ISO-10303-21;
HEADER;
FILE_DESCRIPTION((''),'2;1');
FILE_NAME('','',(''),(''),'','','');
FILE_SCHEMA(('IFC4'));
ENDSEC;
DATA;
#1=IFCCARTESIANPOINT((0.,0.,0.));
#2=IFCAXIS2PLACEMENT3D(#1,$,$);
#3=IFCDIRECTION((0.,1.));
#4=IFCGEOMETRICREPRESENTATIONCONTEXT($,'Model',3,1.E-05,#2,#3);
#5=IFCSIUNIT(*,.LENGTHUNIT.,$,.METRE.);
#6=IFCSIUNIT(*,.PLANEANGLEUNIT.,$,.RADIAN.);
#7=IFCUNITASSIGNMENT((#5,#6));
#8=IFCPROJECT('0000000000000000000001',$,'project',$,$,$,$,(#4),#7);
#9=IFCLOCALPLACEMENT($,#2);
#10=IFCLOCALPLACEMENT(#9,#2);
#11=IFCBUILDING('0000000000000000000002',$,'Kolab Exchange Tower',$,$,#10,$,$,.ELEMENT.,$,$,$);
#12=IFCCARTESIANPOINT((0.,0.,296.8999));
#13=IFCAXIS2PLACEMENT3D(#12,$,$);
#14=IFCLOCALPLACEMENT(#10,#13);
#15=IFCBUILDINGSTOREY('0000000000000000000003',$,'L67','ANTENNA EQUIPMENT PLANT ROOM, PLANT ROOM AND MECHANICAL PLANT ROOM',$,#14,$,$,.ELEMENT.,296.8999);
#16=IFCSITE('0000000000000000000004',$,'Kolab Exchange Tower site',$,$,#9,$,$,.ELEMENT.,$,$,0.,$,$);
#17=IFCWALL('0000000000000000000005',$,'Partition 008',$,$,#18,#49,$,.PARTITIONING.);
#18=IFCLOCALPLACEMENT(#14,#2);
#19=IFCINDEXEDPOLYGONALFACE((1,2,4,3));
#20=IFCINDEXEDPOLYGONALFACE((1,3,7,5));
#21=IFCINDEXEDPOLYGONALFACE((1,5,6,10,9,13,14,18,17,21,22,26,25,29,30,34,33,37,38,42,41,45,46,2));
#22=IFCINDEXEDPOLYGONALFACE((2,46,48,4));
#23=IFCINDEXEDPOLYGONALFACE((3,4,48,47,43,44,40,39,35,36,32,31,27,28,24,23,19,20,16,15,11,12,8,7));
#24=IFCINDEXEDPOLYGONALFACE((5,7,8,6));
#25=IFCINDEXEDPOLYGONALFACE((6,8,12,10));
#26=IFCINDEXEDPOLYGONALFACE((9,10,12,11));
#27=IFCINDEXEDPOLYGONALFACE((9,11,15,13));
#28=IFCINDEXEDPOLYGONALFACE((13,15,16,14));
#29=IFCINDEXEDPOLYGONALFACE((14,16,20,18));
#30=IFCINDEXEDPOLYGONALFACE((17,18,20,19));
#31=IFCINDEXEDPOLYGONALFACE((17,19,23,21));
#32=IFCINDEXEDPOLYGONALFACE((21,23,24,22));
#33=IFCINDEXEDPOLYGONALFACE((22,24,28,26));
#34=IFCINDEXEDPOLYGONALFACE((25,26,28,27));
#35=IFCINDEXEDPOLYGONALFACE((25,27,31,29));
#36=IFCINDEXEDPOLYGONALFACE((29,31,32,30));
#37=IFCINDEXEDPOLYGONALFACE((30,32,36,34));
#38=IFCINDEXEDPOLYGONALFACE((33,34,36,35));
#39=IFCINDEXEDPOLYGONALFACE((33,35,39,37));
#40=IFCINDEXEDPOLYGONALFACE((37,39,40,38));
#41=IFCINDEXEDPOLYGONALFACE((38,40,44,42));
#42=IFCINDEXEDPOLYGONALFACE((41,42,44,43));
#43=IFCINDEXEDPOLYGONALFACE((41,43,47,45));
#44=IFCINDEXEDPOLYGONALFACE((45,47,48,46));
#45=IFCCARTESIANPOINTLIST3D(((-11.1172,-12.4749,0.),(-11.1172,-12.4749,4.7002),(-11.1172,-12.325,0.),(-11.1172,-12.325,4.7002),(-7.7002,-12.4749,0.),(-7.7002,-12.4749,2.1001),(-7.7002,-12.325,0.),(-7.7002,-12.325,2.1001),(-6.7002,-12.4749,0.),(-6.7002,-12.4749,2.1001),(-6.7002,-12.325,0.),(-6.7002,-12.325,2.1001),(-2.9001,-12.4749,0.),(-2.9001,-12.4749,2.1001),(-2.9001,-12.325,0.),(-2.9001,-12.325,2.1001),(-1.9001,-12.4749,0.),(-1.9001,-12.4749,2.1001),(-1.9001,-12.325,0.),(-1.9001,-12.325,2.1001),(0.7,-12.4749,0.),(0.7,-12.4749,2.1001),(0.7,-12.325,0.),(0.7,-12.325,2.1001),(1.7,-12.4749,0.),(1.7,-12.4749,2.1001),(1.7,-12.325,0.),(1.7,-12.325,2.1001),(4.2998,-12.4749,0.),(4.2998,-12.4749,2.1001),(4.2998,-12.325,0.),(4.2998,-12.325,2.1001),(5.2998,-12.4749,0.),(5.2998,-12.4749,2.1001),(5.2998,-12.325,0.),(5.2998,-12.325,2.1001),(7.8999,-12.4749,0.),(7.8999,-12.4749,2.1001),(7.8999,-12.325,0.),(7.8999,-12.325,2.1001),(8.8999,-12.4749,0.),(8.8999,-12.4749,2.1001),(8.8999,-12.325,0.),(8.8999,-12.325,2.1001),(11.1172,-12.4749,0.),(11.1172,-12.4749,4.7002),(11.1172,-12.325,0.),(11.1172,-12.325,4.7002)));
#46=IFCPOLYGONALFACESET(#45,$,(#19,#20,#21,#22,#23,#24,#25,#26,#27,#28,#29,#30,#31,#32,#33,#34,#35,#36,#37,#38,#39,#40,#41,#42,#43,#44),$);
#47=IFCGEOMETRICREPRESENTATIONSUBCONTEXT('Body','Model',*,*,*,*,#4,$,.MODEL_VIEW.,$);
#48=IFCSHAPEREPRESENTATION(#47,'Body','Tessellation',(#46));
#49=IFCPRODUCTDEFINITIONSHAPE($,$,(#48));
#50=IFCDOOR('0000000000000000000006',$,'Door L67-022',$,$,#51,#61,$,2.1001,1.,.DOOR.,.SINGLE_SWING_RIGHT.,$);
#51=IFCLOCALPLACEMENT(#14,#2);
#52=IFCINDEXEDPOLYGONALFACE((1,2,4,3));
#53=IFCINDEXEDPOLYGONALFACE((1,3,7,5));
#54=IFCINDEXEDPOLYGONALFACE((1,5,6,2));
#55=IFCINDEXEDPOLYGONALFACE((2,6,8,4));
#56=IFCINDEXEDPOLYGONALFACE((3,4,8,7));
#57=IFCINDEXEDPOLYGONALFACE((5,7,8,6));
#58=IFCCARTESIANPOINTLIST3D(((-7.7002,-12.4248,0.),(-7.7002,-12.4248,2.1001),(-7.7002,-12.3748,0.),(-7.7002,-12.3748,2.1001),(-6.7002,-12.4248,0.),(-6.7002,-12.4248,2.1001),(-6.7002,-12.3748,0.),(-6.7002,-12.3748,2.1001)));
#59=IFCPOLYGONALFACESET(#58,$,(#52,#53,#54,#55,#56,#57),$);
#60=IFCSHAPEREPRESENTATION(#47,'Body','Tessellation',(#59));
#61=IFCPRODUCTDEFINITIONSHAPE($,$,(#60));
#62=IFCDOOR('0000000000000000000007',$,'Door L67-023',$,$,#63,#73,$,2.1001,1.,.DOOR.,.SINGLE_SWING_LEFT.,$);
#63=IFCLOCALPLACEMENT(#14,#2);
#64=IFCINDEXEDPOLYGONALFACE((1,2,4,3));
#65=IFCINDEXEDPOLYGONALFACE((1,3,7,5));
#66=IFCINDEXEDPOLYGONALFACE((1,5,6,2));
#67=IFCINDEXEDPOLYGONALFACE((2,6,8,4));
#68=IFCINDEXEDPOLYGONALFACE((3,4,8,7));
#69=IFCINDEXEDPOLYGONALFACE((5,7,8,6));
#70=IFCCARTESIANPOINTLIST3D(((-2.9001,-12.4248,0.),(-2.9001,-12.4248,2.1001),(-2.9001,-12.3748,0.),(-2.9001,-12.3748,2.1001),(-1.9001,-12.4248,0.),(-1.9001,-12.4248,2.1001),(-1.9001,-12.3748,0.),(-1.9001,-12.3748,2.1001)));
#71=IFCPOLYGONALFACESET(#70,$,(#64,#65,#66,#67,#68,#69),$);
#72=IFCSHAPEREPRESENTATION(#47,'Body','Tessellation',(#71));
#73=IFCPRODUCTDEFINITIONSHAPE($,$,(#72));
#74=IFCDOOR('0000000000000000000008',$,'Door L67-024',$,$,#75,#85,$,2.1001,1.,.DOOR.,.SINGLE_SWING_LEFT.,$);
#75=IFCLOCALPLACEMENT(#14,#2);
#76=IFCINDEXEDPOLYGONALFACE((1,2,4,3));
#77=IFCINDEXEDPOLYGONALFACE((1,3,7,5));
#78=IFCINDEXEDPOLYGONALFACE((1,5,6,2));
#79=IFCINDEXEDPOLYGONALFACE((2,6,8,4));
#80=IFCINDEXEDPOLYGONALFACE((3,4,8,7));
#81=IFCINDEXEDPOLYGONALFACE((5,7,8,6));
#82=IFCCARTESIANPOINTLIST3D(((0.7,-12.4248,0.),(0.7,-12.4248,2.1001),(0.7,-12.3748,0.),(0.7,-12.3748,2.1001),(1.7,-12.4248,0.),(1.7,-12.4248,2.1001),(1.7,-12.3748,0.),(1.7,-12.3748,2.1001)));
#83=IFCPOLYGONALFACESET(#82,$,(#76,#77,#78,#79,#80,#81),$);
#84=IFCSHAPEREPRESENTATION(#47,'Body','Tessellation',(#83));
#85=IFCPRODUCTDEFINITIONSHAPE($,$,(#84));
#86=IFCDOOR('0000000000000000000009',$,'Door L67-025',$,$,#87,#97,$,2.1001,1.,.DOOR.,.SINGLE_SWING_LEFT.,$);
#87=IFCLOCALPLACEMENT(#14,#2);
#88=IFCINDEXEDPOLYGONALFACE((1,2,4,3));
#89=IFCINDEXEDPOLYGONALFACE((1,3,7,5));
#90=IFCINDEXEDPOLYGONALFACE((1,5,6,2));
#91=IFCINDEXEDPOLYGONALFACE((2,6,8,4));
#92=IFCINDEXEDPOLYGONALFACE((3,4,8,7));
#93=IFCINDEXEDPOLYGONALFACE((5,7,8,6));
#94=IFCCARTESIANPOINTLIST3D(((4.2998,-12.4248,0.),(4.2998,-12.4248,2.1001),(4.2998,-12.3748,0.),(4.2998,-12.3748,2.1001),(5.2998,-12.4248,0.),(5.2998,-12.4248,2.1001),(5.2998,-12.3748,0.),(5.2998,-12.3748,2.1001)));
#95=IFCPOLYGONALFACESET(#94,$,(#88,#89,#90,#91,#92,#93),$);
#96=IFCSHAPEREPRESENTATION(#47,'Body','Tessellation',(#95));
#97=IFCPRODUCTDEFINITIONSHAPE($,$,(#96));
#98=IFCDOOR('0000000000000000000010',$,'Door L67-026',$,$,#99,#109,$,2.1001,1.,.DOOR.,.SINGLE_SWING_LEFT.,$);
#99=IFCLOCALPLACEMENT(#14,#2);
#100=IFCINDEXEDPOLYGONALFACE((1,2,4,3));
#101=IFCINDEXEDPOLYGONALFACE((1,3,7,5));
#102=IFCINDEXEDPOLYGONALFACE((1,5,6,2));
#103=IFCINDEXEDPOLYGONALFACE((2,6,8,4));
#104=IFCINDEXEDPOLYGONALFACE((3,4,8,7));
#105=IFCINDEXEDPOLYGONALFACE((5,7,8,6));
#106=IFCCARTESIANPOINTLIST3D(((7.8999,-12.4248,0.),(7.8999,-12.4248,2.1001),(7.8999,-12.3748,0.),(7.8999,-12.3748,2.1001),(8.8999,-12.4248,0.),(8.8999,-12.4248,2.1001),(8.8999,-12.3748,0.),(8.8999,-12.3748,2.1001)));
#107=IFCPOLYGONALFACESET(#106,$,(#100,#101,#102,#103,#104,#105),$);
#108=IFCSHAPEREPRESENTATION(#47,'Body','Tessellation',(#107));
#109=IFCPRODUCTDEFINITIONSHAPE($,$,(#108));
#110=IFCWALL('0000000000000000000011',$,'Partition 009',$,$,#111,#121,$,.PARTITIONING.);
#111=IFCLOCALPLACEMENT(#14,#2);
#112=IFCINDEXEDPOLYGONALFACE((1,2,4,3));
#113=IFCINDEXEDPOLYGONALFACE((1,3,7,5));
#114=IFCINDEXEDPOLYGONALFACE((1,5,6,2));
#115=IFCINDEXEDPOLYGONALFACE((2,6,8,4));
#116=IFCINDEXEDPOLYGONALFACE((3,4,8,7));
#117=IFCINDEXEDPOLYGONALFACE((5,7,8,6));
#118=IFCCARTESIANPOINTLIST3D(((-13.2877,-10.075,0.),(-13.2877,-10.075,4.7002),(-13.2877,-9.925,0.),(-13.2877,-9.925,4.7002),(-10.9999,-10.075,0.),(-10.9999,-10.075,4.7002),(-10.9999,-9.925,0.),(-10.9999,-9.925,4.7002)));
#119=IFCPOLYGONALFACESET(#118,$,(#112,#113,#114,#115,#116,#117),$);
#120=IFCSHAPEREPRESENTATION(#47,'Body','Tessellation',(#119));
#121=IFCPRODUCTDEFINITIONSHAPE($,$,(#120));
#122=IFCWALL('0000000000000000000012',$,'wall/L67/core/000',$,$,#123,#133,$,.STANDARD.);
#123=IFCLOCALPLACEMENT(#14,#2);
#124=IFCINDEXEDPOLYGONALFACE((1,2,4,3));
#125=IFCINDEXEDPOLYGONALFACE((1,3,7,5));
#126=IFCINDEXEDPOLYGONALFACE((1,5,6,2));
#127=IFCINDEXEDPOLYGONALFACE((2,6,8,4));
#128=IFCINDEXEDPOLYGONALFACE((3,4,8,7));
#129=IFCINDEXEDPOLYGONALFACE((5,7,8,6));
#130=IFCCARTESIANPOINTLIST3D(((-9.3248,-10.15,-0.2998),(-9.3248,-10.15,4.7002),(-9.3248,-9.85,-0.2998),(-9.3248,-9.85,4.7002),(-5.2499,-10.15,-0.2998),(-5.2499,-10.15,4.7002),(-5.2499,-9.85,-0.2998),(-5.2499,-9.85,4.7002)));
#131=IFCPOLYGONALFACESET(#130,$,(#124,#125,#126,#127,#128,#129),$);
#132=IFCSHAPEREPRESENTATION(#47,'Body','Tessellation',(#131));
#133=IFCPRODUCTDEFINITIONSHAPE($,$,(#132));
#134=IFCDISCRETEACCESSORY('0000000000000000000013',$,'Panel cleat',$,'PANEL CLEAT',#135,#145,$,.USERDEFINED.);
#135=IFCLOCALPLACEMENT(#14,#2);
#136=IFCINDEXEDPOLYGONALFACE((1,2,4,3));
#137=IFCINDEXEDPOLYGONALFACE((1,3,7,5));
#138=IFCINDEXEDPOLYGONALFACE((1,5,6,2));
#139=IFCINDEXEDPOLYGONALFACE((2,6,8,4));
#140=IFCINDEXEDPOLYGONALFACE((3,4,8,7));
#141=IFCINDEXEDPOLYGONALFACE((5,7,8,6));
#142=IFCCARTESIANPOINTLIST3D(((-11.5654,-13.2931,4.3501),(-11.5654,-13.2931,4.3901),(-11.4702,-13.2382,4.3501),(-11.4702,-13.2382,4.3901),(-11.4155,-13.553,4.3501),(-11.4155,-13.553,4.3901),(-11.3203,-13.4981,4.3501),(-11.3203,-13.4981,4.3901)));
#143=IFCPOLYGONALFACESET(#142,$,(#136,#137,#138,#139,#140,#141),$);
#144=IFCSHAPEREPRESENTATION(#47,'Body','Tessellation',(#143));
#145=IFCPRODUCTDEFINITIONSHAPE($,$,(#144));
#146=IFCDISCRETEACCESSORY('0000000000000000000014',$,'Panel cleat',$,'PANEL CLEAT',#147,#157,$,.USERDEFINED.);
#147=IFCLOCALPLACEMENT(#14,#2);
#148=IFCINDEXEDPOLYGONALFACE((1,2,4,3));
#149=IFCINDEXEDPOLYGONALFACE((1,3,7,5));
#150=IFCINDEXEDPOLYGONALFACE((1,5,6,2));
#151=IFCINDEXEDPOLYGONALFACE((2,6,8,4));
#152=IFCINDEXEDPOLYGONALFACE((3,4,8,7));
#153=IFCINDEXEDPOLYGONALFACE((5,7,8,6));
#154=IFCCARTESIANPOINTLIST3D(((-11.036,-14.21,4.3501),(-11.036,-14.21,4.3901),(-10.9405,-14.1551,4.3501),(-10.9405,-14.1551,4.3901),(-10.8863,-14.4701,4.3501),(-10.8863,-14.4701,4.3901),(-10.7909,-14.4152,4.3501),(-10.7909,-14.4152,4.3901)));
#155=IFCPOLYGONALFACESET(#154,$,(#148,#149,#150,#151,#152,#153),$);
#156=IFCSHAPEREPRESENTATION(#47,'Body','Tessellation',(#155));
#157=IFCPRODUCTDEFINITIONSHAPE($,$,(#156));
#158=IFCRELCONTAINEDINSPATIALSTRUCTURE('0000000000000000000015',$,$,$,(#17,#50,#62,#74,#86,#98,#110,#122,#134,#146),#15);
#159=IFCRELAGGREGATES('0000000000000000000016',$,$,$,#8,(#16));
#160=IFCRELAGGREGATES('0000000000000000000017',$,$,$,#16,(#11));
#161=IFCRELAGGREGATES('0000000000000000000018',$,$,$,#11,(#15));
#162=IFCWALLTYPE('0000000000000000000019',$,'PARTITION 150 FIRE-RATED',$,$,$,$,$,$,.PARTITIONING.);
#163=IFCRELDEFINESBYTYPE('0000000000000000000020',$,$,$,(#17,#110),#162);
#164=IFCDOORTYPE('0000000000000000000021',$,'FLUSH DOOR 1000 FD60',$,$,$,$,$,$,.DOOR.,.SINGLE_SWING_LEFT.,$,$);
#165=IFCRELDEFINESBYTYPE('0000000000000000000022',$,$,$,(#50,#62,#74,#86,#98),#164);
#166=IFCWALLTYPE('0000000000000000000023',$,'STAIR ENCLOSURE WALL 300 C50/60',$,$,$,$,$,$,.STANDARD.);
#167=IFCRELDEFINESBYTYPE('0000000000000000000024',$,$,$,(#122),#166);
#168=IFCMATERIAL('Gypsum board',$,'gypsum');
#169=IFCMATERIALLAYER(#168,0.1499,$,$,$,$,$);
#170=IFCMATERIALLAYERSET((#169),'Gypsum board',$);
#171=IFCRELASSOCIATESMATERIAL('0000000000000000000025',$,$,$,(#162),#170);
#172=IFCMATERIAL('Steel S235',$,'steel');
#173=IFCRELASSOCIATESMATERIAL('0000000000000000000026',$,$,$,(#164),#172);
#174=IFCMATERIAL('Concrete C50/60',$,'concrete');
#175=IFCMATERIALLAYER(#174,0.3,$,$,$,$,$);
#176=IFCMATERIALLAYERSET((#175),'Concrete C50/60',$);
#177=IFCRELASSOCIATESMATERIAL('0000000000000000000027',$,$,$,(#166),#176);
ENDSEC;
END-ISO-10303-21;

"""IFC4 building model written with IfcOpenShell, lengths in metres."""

from ifc_helpers import new_model, si_unit, direction, frame, frame_2d, origin, origin_2d, place, context, subcontext, project, spatial, rectangle, extrude, material, layer, layer_set, type_object, element, fill, save


model = new_model("IFC4")

# Units and contexts
model_context = context("Model", 3, precision=1e-05, world=origin(), true_north=direction((0.0, 1.0)))
body_context = subcontext(model_context, "Body", "Model", "MODEL_VIEW")
ifc_project = project(units=[si_unit("LENGTHUNIT", "METRE"), si_unit("PLANEANGLEUNIT", "RADIAN")], contexts=[model_context])

# Site, building, storey
site_placement = place(None, origin())
site = spatial("IfcSite", under=ifc_project, at=site_placement, Name="Kolab Exchange Tower site", CompositionType="ELEMENT", RefElevation=0.0)
building_placement = place(site_placement, origin())
building = spatial("IfcBuilding", under=site, at=building_placement, Name="Kolab Exchange Tower", CompositionType="ELEMENT")
storey_placement = place(building_placement, frame((0.0, 0.0, 296.8999)))
storey = spatial("IfcBuildingStorey", under=building, at=storey_placement, Name="L67", Description="ANTENNA EQUIPMENT PLANT ROOM, PLANT ROOM AND MECHANICAL PLANT ROOM", CompositionType="ELEMENT", Elevation=296.8999)

# Shared definitions
ifc_material_1 = material(Name="Concrete C50/60", Category="concrete")

# Wall, openings, doors
ifc_material_2 = material(Name="Gypsum board", Category="gypsum")
ifc_layer_1 = layer(ifc_material_2, 0.1499)
ifc_layer_set_1 = layer_set([ifc_layer_1], Name="Gypsum board")
wall_type_1 = type_object("IfcWallType", Name="PARTITION 150 FIRE-RATED", PredefinedType="PARTITIONING", material=ifc_layer_set_1)
wall_1_placement = place(storey_placement, frame((-11.1172, -12.3999, 0.0), z_axis=(0.0, 0.0, 1.0), x_axis=(1.0, 0.0, 0.0)))
wall_1 = element("IfcWall", 1, at=wall_1_placement, inside=storey, type_object=wall_type_1, Name="Partition 008", PredefinedType="PARTITIONING", context=body_context, shape_type="SweptSolid", body=[
    extrude(rectangle(XDim=22.2344, YDim=0.1499, at=frame_2d((11.1172, 0.0))), origin(), (0.0, 0.0, 1.0), 4.7002),
])
opening_1_placement = place(wall_1_placement, frame((3.417, 0.0, 0.0)))
opening_1 = element("IfcOpeningElement", 2, at=opening_1_placement, cuts=wall_1, PredefinedType="OPENING", context=body_context, shape_type="SweptSolid", body=[
    extrude(rectangle(XDim=1.0, YDim=2.1001, at=frame_2d((0.5, 1.05))), frame((0.0, 0.085, 0.0), z_axis=(0.0, -1.0, 0.0), x_axis=(1.0, 0.0, 0.0)), (0.0, 0.0, 1.0), 0.1699),
])
opening_2_placement = place(wall_1_placement, frame((8.217, 0.0, 0.0)))
opening_2 = element("IfcOpeningElement", 3, at=opening_2_placement, cuts=wall_1, PredefinedType="OPENING", context=body_context, shape_type="SweptSolid", body=[
    extrude(rectangle(XDim=1.0, YDim=2.1001, at=frame_2d((0.5, 1.05))), frame((0.0, 0.085, 0.0), z_axis=(0.0, -1.0, 0.0), x_axis=(1.0, 0.0, 0.0)), (0.0, 0.0, 1.0), 0.1699),
])
opening_3_placement = place(wall_1_placement, frame((11.8171, 0.0, 0.0)))
opening_3 = element("IfcOpeningElement", 4, at=opening_3_placement, cuts=wall_1, PredefinedType="OPENING", context=body_context, shape_type="SweptSolid", body=[
    extrude(rectangle(XDim=1.0, YDim=2.1001, at=frame_2d((0.5, 1.05))), frame((0.0, 0.085, 0.0), z_axis=(0.0, -1.0, 0.0), x_axis=(1.0, 0.0, 0.0)), (0.0, 0.0, 1.0), 0.1699),
])
opening_4_placement = place(wall_1_placement, frame((15.417, 0.0, 0.0)))
opening_4 = element("IfcOpeningElement", 5, at=opening_4_placement, cuts=wall_1, PredefinedType="OPENING", context=body_context, shape_type="SweptSolid", body=[
    extrude(rectangle(XDim=1.0, YDim=2.1001, at=frame_2d((0.5, 1.05))), frame((0.0, 0.085, 0.0), z_axis=(0.0, -1.0, 0.0), x_axis=(1.0, 0.0, 0.0)), (0.0, 0.0, 1.0), 0.1699),
])
opening_5_placement = place(wall_1_placement, frame((19.0171, 0.0, 0.0)))
opening_5 = element("IfcOpeningElement", 6, at=opening_5_placement, cuts=wall_1, PredefinedType="OPENING", context=body_context, shape_type="SweptSolid", body=[
    extrude(rectangle(XDim=1.0, YDim=2.1001, at=frame_2d((0.5, 1.05))), frame((0.0, 0.085, 0.0), z_axis=(0.0, -1.0, 0.0), x_axis=(1.0, 0.0, 0.0)), (0.0, 0.0, 1.0), 0.1699),
])
ifc_material_3 = material(Name="Steel S235", Category="steel")
door_type = type_object("IfcDoorType", Name="FLUSH DOOR 1000 FD60", OperationType="SINGLE_SWING_LEFT", PredefinedType="DOOR", material=ifc_material_3)
door_1_placement = place(opening_1_placement, frame((1.0, 0.0, 0.0), z_axis=(0.0, 0.0, 1.0), x_axis=(-1.0, 0.0, 0.0)))
door_1 = element("IfcDoor", 7, at=door_1_placement, inside=storey, type_object=door_type, Name="Door L67-022", OperationType="SINGLE_SWING_RIGHT", OverallHeight=2.1001, OverallWidth=1.0, PredefinedType="DOOR", context=body_context, shape_type="SweptSolid", body=[
    extrude(rectangle(XDim=1.0, YDim=2.1001, at=frame_2d((0.5, 1.05))), frame((0.0, 0.0249, 0.0), z_axis=(0.0, -1.0, 0.0), x_axis=(1.0, 0.0, 0.0)), (0.0, 0.0, 1.0), 0.05),
])
fill(opening_1, door_1)
door_2_placement = place(opening_2_placement, frame((1.0, 0.0, 0.0), z_axis=(0.0, 0.0, 1.0), x_axis=(-1.0, 0.0, 0.0)))
door_2 = element("IfcDoor", 8, at=door_2_placement, inside=storey, type_object=door_type, Name="Door L67-023", OperationType="SINGLE_SWING_LEFT", OverallHeight=2.1001, OverallWidth=1.0, PredefinedType="DOOR", context=body_context, shape_type="SweptSolid", body=[
    extrude(rectangle(XDim=1.0, YDim=2.1001, at=frame_2d((0.5, 1.05))), frame((0.0, 0.0249, 0.0), z_axis=(0.0, -1.0, 0.0), x_axis=(1.0, 0.0, 0.0)), (0.0, 0.0, 1.0), 0.05),
])
fill(opening_2, door_2)
door_3_placement = place(opening_3_placement, frame((1.0, 0.0, 0.0), z_axis=(0.0, 0.0, 1.0), x_axis=(-1.0, 0.0, 0.0)))
door_3 = element("IfcDoor", 9, at=door_3_placement, inside=storey, type_object=door_type, Name="Door L67-024", OperationType="SINGLE_SWING_LEFT", OverallHeight=2.1001, OverallWidth=1.0, PredefinedType="DOOR", context=body_context, shape_type="SweptSolid", body=[
    extrude(rectangle(XDim=1.0, YDim=2.1001, at=frame_2d((0.5, 1.05))), frame((0.0, 0.0249, 0.0), z_axis=(0.0, -1.0, 0.0), x_axis=(1.0, 0.0, 0.0)), (0.0, 0.0, 1.0), 0.05),
])
fill(opening_3, door_3)
door_4_placement = place(opening_4_placement, frame((1.0, 0.0, 0.0), z_axis=(0.0, 0.0, 1.0), x_axis=(-1.0, 0.0, 0.0)))
door_4 = element("IfcDoor", 10, at=door_4_placement, inside=storey, type_object=door_type, Name="Door L67-025", OperationType="SINGLE_SWING_LEFT", OverallHeight=2.1001, OverallWidth=1.0, PredefinedType="DOOR", context=body_context, shape_type="SweptSolid", body=[
    extrude(rectangle(XDim=1.0, YDim=2.1001, at=frame_2d((0.5, 1.05))), frame((0.0, 0.0249, 0.0), z_axis=(0.0, -1.0, 0.0), x_axis=(1.0, 0.0, 0.0)), (0.0, 0.0, 1.0), 0.05),
])
fill(opening_4, door_4)
door_5_placement = place(opening_5_placement, frame((1.0, 0.0, 0.0), z_axis=(0.0, 0.0, 1.0), x_axis=(-1.0, 0.0, 0.0)))
door_5 = element("IfcDoor", 11, at=door_5_placement, inside=storey, type_object=door_type, Name="Door L67-026", OperationType="SINGLE_SWING_LEFT", OverallHeight=2.1001, OverallWidth=1.0, PredefinedType="DOOR", context=body_context, shape_type="SweptSolid", body=[
    extrude(rectangle(XDim=1.0, YDim=2.1001, at=frame_2d((0.5, 1.05))), frame((0.0, 0.0249, 0.0), z_axis=(0.0, -1.0, 0.0), x_axis=(1.0, 0.0, 0.0)), (0.0, 0.0, 1.0), 0.05),
])
fill(opening_5, door_5)

# Walls
wall_2_placement = place(storey_placement, frame((-13.2878, -10.0, 0.0), z_axis=(0.0, 0.0, 1.0), x_axis=(1.0, 0.0, 0.0)))
element("IfcWall", 12, at=wall_2_placement, inside=storey, type_object=wall_type_1, Name="Partition 009", PredefinedType="PARTITIONING", context=body_context, shape_type="SweptSolid", body=[
    extrude(rectangle(XDim=2.2878, YDim=0.1499, at=frame_2d((1.144, 0.0))), origin(), (0.0, 0.0, 1.0), 4.7002),
])
ifc_layer_2 = layer(ifc_material_1, 0.3)
ifc_layer_set_2 = layer_set([ifc_layer_2], Name="Concrete C50/60")
wall_type_2 = type_object("IfcWallType", Name="STAIR ENCLOSURE WALL 300 C50/60", PredefinedType="STANDARD", material=ifc_layer_set_2)
wall_3_placement = place(storey_placement, frame((-9.325, -10.0, -0.2998), z_axis=(0.0, 0.0, 1.0), x_axis=(1.0, 0.0, 0.0)))
element("IfcWall", 13, at=wall_3_placement, inside=storey, type_object=wall_type_2, Name="wall/L67/core/000", PredefinedType="STANDARD", context=body_context, shape_type="SweptSolid", body=[
    extrude(rectangle(XDim=4.075, YDim=0.3, at=frame_2d((2.0376, 0.0))), origin(), (0.0, 0.0, 1.0), 5.0),
])

# Discrete accessories
discrete_accessory_1_placement = place(storey_placement, frame((-11.3953, -13.3682, 4.3701), z_axis=(-0.866186, -0.499722, 0.0), x_axis=(0.499722, -0.866186, 0.0)))
element("IfcDiscreteAccessory", 14, at=discrete_accessory_1_placement, inside=storey, Name="Panel cleat", ObjectType="PANEL CLEAT", PredefinedType="USERDEFINED", context=body_context, shape_type="SweptSolid", body=[
    extrude(rectangle(XDim=0.3, YDim=0.04, at=origin_2d()), origin(), (0.0, 0.0, 1.0), 0.1099),
])
discrete_accessory_2_placement = place(storey_placement, frame((-10.8657, -14.2852, 4.3701), z_axis=(-0.866739, -0.498763, 0.0), x_axis=(0.498763, -0.866739, 0.0)))
element("IfcDiscreteAccessory", 15, at=discrete_accessory_2_placement, inside=storey, Name="Panel cleat", ObjectType="PANEL CLEAT", PredefinedType="USERDEFINED", context=body_context, shape_type="SweptSolid", body=[
    extrude(rectangle(XDim=0.3, YDim=0.04, at=origin_2d()), origin(), (0.0, 0.0, 1.0), 0.1101),
])

save(model, "model.ifc")
